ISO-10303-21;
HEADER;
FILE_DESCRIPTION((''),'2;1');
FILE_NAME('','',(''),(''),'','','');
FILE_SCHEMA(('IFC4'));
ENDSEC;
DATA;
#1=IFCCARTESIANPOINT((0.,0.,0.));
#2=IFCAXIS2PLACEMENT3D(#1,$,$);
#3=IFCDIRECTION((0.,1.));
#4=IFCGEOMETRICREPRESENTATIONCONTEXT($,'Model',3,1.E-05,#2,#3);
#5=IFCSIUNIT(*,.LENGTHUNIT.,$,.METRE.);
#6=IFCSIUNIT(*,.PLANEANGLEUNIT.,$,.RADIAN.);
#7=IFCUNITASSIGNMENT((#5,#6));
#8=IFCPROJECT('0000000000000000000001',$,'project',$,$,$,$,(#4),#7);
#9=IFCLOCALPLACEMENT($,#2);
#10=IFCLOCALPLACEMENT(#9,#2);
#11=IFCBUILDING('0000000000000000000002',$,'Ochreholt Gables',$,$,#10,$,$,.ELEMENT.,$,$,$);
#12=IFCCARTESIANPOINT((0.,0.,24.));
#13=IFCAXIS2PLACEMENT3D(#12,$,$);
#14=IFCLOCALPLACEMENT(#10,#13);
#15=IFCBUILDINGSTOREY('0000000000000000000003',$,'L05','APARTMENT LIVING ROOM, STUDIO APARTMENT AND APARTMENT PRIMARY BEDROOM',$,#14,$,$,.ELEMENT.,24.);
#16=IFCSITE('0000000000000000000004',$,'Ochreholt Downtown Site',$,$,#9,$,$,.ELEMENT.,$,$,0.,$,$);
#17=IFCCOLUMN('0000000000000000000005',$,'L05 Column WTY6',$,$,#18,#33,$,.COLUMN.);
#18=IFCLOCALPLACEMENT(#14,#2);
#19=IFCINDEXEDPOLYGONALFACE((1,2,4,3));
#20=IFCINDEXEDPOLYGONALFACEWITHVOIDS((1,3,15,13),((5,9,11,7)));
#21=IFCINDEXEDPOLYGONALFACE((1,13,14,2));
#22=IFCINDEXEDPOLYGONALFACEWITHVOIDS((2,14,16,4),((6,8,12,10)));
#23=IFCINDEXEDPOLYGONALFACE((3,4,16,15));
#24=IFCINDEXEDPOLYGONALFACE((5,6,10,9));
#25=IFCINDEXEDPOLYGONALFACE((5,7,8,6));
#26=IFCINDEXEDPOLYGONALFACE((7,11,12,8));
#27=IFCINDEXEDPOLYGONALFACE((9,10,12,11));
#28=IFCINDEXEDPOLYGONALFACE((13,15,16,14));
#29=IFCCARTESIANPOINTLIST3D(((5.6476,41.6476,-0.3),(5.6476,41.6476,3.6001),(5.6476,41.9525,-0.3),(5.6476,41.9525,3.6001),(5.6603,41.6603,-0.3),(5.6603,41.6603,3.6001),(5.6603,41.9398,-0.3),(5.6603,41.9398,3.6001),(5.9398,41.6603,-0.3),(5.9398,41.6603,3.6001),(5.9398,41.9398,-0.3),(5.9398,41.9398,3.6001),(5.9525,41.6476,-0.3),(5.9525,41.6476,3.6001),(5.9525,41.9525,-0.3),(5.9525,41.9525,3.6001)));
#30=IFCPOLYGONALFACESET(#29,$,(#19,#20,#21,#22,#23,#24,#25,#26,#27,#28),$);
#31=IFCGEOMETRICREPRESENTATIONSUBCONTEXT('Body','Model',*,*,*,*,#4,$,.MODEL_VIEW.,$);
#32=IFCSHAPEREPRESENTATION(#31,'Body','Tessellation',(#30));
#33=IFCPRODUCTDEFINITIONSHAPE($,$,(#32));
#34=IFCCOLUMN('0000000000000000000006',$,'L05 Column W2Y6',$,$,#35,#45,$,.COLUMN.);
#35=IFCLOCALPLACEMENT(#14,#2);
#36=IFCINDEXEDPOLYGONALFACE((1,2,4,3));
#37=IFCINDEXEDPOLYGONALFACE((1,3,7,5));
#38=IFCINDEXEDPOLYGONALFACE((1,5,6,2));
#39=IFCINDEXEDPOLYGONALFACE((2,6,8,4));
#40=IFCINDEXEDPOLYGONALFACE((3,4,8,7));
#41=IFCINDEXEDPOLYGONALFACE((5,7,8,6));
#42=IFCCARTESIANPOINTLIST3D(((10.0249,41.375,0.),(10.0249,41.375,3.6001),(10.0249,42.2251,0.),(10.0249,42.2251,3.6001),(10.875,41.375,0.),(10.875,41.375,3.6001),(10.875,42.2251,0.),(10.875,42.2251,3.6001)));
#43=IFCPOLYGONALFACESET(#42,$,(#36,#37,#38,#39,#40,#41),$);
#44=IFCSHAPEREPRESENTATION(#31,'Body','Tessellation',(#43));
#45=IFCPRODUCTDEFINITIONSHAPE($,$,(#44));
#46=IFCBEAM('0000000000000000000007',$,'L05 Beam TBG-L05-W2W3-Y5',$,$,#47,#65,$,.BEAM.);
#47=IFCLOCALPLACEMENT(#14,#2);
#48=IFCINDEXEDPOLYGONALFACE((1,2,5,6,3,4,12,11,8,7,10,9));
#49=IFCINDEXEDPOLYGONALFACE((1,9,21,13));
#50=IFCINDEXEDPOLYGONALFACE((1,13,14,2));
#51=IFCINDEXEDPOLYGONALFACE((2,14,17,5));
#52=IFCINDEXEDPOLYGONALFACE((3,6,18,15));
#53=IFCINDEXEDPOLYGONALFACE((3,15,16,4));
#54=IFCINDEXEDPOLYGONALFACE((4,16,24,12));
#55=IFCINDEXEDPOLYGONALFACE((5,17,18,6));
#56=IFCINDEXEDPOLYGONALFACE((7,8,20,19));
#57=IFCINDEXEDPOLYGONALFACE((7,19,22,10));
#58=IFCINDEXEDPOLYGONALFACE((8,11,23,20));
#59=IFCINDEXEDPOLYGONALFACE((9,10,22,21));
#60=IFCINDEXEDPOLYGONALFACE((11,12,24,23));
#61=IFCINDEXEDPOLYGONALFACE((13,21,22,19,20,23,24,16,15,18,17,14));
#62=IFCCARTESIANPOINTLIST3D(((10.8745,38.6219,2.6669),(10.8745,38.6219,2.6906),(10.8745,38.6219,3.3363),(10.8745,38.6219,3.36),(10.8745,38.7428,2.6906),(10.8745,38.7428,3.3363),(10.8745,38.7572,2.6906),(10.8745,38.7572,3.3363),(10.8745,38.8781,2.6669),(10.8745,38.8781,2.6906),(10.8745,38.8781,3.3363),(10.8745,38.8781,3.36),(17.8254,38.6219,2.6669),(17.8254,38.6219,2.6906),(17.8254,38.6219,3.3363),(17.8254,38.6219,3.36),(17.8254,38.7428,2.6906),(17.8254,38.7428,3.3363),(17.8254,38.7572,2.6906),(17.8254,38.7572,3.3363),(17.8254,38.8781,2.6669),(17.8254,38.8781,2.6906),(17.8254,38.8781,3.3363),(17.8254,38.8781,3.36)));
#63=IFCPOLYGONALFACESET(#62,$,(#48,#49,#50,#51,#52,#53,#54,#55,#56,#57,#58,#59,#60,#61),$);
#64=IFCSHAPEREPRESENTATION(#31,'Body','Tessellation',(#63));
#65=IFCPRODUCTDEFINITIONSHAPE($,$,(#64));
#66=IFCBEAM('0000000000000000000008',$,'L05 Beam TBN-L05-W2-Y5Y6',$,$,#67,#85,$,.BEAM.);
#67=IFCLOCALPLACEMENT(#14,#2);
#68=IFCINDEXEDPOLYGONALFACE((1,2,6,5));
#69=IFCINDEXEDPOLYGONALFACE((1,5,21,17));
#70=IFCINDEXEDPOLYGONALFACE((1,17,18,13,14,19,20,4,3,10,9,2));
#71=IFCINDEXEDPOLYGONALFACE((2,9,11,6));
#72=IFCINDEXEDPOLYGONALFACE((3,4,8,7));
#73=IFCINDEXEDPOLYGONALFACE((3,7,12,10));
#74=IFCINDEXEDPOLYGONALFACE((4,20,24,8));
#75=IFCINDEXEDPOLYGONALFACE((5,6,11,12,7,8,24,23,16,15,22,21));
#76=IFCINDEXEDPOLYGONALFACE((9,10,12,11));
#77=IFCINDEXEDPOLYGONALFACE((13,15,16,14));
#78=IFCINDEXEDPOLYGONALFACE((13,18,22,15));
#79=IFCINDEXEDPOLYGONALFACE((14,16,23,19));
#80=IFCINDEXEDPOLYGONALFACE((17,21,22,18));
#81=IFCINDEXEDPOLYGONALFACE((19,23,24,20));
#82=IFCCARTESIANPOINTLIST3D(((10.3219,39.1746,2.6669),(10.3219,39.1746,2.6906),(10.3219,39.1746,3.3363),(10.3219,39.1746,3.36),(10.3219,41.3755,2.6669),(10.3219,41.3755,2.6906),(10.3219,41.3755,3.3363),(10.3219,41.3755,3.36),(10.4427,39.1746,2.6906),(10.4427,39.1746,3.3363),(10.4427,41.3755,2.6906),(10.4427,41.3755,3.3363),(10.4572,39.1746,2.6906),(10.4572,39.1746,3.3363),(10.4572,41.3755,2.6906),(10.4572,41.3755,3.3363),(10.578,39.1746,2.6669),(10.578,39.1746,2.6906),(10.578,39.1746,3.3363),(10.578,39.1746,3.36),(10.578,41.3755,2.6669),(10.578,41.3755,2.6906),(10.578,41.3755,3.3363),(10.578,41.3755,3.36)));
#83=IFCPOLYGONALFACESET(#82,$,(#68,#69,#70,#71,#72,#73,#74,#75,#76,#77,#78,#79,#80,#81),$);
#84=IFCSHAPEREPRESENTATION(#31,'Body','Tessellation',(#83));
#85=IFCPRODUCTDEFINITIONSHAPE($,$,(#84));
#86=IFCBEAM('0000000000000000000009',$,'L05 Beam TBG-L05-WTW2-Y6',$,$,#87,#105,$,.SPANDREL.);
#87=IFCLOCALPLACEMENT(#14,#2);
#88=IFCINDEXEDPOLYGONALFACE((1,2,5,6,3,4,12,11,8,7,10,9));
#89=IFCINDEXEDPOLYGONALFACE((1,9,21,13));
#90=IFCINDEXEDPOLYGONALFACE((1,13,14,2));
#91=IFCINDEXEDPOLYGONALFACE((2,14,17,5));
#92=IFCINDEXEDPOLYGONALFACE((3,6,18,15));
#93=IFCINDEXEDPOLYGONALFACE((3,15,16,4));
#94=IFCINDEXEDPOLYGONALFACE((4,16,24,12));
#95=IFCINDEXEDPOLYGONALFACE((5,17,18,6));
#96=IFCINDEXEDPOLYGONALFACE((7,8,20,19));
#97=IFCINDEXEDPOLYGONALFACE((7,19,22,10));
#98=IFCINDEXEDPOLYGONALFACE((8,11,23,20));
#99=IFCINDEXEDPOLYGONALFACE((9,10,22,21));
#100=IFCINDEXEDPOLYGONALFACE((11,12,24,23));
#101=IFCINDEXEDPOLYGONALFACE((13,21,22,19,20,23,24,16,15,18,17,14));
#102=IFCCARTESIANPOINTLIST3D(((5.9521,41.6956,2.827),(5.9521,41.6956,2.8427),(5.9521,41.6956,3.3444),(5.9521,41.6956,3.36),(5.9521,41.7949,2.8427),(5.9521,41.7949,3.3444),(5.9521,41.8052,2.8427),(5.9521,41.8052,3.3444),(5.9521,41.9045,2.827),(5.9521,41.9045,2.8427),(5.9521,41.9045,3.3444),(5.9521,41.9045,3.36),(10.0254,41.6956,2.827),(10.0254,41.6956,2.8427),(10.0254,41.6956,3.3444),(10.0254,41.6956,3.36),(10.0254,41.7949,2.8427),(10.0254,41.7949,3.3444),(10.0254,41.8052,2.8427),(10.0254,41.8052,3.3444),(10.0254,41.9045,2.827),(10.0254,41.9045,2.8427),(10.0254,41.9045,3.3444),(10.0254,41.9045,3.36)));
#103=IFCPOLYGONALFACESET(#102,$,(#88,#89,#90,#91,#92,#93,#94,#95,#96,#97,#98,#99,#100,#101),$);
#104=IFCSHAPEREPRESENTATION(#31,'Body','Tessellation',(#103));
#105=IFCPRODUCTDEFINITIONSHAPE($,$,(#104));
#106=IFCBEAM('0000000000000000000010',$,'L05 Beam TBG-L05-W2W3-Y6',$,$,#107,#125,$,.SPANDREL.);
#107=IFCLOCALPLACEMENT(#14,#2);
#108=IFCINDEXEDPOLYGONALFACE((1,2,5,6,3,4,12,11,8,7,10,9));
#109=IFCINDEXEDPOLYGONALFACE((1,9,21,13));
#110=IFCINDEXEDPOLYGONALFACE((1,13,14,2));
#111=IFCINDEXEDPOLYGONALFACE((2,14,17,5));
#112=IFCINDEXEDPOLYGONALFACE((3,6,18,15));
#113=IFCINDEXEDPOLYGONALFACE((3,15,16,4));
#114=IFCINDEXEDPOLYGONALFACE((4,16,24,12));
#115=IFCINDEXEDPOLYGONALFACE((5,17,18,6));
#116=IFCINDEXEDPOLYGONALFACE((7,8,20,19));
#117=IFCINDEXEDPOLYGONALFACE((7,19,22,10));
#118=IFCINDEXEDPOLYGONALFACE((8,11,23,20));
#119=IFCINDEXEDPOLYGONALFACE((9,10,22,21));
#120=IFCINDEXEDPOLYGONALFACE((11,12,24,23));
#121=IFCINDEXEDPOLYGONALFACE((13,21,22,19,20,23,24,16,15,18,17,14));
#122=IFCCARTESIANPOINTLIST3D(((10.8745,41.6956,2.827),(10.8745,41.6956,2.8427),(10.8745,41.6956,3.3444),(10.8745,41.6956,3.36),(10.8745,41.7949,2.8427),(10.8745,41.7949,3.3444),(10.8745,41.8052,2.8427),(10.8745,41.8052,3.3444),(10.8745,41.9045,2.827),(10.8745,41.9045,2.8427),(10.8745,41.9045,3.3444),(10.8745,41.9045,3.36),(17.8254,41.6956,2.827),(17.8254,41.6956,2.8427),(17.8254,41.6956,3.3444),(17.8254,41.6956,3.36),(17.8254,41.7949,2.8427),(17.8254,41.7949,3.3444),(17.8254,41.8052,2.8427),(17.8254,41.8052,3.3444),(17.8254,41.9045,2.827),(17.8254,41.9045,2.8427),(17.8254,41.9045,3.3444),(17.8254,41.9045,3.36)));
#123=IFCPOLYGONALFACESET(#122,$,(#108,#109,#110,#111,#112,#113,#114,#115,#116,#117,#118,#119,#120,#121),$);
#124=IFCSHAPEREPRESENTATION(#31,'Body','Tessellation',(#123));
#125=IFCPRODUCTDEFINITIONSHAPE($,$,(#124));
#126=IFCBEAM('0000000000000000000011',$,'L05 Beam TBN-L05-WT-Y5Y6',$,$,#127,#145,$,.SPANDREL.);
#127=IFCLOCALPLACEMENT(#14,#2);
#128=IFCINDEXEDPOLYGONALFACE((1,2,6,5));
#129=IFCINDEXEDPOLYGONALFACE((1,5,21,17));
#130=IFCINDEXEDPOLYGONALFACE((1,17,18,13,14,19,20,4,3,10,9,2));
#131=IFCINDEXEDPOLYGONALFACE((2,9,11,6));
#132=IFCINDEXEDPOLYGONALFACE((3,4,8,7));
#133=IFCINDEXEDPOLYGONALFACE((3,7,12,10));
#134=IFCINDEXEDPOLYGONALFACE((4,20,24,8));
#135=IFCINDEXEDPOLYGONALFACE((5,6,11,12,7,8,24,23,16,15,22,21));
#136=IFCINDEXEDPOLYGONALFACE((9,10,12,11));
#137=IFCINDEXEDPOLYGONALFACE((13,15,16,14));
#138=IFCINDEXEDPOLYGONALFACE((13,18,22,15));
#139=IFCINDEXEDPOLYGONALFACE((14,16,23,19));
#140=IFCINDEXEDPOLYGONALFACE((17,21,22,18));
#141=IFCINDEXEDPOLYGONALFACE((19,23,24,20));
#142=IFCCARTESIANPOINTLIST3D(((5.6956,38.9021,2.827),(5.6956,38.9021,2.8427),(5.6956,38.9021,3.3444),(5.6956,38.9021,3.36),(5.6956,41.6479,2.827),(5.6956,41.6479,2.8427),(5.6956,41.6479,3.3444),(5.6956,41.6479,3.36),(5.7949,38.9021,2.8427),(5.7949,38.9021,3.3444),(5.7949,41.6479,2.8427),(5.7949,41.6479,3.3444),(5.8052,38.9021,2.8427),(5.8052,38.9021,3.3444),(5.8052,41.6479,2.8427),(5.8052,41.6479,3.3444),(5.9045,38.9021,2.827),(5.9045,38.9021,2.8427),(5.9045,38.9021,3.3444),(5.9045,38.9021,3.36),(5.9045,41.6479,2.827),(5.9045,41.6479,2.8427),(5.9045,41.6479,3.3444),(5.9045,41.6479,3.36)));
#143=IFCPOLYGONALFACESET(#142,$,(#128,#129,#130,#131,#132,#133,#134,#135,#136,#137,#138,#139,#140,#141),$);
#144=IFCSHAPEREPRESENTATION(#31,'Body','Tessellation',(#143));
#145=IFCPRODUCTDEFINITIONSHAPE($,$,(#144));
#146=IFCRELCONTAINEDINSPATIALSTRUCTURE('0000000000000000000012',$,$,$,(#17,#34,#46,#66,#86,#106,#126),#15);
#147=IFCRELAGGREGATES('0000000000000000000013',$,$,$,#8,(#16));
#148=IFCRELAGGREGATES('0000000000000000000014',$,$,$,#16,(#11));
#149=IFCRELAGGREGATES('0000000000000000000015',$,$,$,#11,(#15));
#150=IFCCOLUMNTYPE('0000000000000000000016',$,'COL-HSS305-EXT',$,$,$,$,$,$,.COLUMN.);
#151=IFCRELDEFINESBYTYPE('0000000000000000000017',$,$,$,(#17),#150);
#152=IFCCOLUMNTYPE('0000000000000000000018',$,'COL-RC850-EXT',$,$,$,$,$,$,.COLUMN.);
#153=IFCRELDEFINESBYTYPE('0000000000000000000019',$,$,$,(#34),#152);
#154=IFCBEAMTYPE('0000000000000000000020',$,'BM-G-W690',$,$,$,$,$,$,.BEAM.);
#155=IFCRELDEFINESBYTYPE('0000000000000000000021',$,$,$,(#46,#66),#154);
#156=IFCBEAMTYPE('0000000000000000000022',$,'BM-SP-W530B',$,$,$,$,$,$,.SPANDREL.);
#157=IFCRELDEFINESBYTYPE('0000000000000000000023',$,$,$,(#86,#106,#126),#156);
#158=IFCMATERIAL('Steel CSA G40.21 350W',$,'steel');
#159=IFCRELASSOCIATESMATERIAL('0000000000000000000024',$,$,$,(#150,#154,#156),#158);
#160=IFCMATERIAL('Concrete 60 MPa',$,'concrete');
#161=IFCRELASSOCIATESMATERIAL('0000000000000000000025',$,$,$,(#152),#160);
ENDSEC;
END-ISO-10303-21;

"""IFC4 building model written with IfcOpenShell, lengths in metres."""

from ifc_helpers import new_model, si_unit, direction, frame, origin, origin_2d, place, context, subcontext, project, spatial, rectangle, hollow_rectangle, i_section, extrude, material, material_profile, profile_set, type_object, element, save


model = new_model("IFC4")

# Units and contexts
model_context = context("Model", 3, precision=1e-05, world=origin(), true_north=direction((0.0, 1.0)))
body_context = subcontext(model_context, "Body", "Model", "MODEL_VIEW")
ifc_project = project(units=[si_unit("LENGTHUNIT", "METRE"), si_unit("PLANEANGLEUNIT", "RADIAN")], contexts=[model_context])

# Site, building, storey
site_placement = place(None, origin())
site = spatial("IfcSite", under=ifc_project, at=site_placement, Name="Ochreholt Downtown Site", CompositionType="ELEMENT", RefElevation=0.0)
building_placement = place(site_placement, origin())
building = spatial("IfcBuilding", under=site, at=building_placement, Name="Ochreholt Gables", CompositionType="ELEMENT")
storey_placement = place(building_placement, frame((0.0, 0.0, 24.0)))
storey = spatial("IfcBuildingStorey", under=building, at=storey_placement, Name="L05", Description="APARTMENT LIVING ROOM, STUDIO APARTMENT AND APARTMENT PRIMARY BEDROOM", CompositionType="ELEMENT", Elevation=24.0)

# Columns
ifc_material_1 = material(Name="Steel CSA G40.21 350W", Category="steel")
ifc_material_profile_1 = material_profile(ifc_material_1, hollow_rectangle(XDim=0.3049, YDim=0.3049, WallThickness=0.0127, at=origin_2d()), Name="HSS305X305X13")
ifc_profile_set_1 = profile_set([ifc_material_profile_1], Name="Steel CSA G40.21 350W")
column_type_1 = type_object("IfcColumnType", Name="COL-HSS305-EXT", PredefinedType="COLUMN", material=ifc_profile_set_1)
column_1_placement = place(storey_placement, frame((5.8, 41.8, -0.3), z_axis=(0.0, 0.0, 1.0), x_axis=(1.0, 0.0, 0.0)))
element("IfcColumn", 1, at=column_1_placement, inside=storey, type_object=column_type_1, Name="L05 Column WTY6", PredefinedType="COLUMN", context=body_context, shape_type="SweptSolid", body=[
    extrude(hollow_rectangle(XDim=0.3049, YDim=0.3049, WallThickness=0.0127, at=origin_2d()), origin(), (0.0, 0.0, 1.0), 3.9001),
])
ifc_material_2 = material(Name="Concrete 60 MPa", Category="concrete")
ifc_material_profile_2 = material_profile(ifc_material_2, rectangle(XDim=0.8501, YDim=0.8501, at=origin_2d()), Name="RC850X850")
ifc_profile_set_2 = profile_set([ifc_material_profile_2], Name="Concrete 60 MPa")
column_type_2 = type_object("IfcColumnType", Name="COL-RC850-EXT", PredefinedType="COLUMN", material=ifc_profile_set_2)
column_2_placement = place(storey_placement, frame((10.45, 41.8, 0.0), z_axis=(0.0, 0.0, 1.0), x_axis=(1.0, 0.0, 0.0)))
element("IfcColumn", 2, at=column_2_placement, inside=storey, type_object=column_type_2, Name="L05 Column W2Y6", PredefinedType="COLUMN", context=body_context, shape_type="SweptSolid", body=[
    extrude(rectangle(XDim=0.8501, YDim=0.8501, at=origin_2d()), origin(), (0.0, 0.0, 1.0), 3.6001),
])

# Beams
ifc_material_profile_3 = material_profile(ifc_material_1, i_section(OverallWidth=0.2561, OverallDepth=0.6931, WebThickness=0.0144, FlangeThickness=0.0237, at=origin_2d()), Name="W690X170")
ifc_profile_set_3 = profile_set([ifc_material_profile_3], Name="Steel CSA G40.21 350W")
beam_type_1 = type_object("IfcBeamType", Name="BM-G-W690", PredefinedType="BEAM", material=ifc_profile_set_3)
beam_1_placement = place(storey_placement, frame((10.8745, 38.75, 3.0134), z_axis=(1.0, 0.0, 0.0), x_axis=(0.0, 1.0, 0.0)))
element("IfcBeam", 3, at=beam_1_placement, inside=storey, type_object=beam_type_1, Name="L05 Beam TBG-L05-W2W3-Y5", PredefinedType="BEAM", context=body_context, shape_type="SweptSolid", body=[
    extrude(i_section(OverallWidth=0.2561, OverallDepth=0.6931, WebThickness=0.0144, FlangeThickness=0.0237, at=origin_2d()), origin(), (0.0, 0.0, 1.0), 6.9509),
])
beam_2_placement = place(storey_placement, frame((10.45, 39.1746, 3.0134), z_axis=(0.0, 1.0, 0.0), x_axis=(-1.0, 0.0, 0.0)))
element("IfcBeam", 4, at=beam_2_placement, inside=storey, type_object=beam_type_1, Name="L05 Beam TBN-L05-W2-Y5Y6", PredefinedType="BEAM", context=body_context, shape_type="SweptSolid", body=[
    extrude(i_section(OverallWidth=0.2561, OverallDepth=0.6931, WebThickness=0.0144, FlangeThickness=0.0237, at=origin_2d()), origin(), (0.0, 0.0, 1.0), 2.2009),
])
ifc_material_profile_4 = material_profile(ifc_material_1, i_section(OverallWidth=0.209, OverallDepth=0.533, WebThickness=0.0103, FlangeThickness=0.0156, at=origin_2d()), Name="W530X92")
ifc_profile_set_4 = profile_set([ifc_material_profile_4], Name="Steel CSA G40.21 350W")
beam_type_2 = type_object("IfcBeamType", Name="BM-SP-W530B", PredefinedType="SPANDREL", material=ifc_profile_set_4)
beam_3_placement = place(storey_placement, frame((5.9521, 41.8, 3.0935), z_axis=(1.0, 0.0, 0.0), x_axis=(0.0, 1.0, 0.0)))
element("IfcBeam", 5, at=beam_3_placement, inside=storey, type_object=beam_type_2, Name="L05 Beam TBG-L05-WTW2-Y6", PredefinedType="SPANDREL", context=body_context, shape_type="SweptSolid", body=[
    extrude(i_section(OverallWidth=0.209, OverallDepth=0.533, WebThickness=0.0103, FlangeThickness=0.0156, at=origin_2d()), origin(), (0.0, 0.0, 1.0), 4.0732),
])
beam_4_placement = place(storey_placement, frame((10.8745, 41.8, 3.0935), z_axis=(1.0, 0.0, 0.0), x_axis=(0.0, 1.0, 0.0)))
element("IfcBeam", 6, at=beam_4_placement, inside=storey, type_object=beam_type_2, Name="L05 Beam TBG-L05-W2W3-Y6", PredefinedType="SPANDREL", context=body_context, shape_type="SweptSolid", body=[
    extrude(i_section(OverallWidth=0.209, OverallDepth=0.533, WebThickness=0.0103, FlangeThickness=0.0156, at=origin_2d()), origin(), (0.0, 0.0, 1.0), 6.9509),
])
beam_5_placement = place(storey_placement, frame((5.8, 38.9021, 3.0935), z_axis=(0.0, 1.0, 0.0), x_axis=(-1.0, 0.0, 0.0)))
element("IfcBeam", 7, at=beam_5_placement, inside=storey, type_object=beam_type_2, Name="L05 Beam TBN-L05-WT-Y5Y6", PredefinedType="SPANDREL", context=body_context, shape_type="SweptSolid", body=[
    extrude(i_section(OverallWidth=0.209, OverallDepth=0.533, WebThickness=0.0103, FlangeThickness=0.0156, at=origin_2d()), origin(), (0.0, 0.0, 1.0), 2.7458),
])

save(model, "model.ifc")
